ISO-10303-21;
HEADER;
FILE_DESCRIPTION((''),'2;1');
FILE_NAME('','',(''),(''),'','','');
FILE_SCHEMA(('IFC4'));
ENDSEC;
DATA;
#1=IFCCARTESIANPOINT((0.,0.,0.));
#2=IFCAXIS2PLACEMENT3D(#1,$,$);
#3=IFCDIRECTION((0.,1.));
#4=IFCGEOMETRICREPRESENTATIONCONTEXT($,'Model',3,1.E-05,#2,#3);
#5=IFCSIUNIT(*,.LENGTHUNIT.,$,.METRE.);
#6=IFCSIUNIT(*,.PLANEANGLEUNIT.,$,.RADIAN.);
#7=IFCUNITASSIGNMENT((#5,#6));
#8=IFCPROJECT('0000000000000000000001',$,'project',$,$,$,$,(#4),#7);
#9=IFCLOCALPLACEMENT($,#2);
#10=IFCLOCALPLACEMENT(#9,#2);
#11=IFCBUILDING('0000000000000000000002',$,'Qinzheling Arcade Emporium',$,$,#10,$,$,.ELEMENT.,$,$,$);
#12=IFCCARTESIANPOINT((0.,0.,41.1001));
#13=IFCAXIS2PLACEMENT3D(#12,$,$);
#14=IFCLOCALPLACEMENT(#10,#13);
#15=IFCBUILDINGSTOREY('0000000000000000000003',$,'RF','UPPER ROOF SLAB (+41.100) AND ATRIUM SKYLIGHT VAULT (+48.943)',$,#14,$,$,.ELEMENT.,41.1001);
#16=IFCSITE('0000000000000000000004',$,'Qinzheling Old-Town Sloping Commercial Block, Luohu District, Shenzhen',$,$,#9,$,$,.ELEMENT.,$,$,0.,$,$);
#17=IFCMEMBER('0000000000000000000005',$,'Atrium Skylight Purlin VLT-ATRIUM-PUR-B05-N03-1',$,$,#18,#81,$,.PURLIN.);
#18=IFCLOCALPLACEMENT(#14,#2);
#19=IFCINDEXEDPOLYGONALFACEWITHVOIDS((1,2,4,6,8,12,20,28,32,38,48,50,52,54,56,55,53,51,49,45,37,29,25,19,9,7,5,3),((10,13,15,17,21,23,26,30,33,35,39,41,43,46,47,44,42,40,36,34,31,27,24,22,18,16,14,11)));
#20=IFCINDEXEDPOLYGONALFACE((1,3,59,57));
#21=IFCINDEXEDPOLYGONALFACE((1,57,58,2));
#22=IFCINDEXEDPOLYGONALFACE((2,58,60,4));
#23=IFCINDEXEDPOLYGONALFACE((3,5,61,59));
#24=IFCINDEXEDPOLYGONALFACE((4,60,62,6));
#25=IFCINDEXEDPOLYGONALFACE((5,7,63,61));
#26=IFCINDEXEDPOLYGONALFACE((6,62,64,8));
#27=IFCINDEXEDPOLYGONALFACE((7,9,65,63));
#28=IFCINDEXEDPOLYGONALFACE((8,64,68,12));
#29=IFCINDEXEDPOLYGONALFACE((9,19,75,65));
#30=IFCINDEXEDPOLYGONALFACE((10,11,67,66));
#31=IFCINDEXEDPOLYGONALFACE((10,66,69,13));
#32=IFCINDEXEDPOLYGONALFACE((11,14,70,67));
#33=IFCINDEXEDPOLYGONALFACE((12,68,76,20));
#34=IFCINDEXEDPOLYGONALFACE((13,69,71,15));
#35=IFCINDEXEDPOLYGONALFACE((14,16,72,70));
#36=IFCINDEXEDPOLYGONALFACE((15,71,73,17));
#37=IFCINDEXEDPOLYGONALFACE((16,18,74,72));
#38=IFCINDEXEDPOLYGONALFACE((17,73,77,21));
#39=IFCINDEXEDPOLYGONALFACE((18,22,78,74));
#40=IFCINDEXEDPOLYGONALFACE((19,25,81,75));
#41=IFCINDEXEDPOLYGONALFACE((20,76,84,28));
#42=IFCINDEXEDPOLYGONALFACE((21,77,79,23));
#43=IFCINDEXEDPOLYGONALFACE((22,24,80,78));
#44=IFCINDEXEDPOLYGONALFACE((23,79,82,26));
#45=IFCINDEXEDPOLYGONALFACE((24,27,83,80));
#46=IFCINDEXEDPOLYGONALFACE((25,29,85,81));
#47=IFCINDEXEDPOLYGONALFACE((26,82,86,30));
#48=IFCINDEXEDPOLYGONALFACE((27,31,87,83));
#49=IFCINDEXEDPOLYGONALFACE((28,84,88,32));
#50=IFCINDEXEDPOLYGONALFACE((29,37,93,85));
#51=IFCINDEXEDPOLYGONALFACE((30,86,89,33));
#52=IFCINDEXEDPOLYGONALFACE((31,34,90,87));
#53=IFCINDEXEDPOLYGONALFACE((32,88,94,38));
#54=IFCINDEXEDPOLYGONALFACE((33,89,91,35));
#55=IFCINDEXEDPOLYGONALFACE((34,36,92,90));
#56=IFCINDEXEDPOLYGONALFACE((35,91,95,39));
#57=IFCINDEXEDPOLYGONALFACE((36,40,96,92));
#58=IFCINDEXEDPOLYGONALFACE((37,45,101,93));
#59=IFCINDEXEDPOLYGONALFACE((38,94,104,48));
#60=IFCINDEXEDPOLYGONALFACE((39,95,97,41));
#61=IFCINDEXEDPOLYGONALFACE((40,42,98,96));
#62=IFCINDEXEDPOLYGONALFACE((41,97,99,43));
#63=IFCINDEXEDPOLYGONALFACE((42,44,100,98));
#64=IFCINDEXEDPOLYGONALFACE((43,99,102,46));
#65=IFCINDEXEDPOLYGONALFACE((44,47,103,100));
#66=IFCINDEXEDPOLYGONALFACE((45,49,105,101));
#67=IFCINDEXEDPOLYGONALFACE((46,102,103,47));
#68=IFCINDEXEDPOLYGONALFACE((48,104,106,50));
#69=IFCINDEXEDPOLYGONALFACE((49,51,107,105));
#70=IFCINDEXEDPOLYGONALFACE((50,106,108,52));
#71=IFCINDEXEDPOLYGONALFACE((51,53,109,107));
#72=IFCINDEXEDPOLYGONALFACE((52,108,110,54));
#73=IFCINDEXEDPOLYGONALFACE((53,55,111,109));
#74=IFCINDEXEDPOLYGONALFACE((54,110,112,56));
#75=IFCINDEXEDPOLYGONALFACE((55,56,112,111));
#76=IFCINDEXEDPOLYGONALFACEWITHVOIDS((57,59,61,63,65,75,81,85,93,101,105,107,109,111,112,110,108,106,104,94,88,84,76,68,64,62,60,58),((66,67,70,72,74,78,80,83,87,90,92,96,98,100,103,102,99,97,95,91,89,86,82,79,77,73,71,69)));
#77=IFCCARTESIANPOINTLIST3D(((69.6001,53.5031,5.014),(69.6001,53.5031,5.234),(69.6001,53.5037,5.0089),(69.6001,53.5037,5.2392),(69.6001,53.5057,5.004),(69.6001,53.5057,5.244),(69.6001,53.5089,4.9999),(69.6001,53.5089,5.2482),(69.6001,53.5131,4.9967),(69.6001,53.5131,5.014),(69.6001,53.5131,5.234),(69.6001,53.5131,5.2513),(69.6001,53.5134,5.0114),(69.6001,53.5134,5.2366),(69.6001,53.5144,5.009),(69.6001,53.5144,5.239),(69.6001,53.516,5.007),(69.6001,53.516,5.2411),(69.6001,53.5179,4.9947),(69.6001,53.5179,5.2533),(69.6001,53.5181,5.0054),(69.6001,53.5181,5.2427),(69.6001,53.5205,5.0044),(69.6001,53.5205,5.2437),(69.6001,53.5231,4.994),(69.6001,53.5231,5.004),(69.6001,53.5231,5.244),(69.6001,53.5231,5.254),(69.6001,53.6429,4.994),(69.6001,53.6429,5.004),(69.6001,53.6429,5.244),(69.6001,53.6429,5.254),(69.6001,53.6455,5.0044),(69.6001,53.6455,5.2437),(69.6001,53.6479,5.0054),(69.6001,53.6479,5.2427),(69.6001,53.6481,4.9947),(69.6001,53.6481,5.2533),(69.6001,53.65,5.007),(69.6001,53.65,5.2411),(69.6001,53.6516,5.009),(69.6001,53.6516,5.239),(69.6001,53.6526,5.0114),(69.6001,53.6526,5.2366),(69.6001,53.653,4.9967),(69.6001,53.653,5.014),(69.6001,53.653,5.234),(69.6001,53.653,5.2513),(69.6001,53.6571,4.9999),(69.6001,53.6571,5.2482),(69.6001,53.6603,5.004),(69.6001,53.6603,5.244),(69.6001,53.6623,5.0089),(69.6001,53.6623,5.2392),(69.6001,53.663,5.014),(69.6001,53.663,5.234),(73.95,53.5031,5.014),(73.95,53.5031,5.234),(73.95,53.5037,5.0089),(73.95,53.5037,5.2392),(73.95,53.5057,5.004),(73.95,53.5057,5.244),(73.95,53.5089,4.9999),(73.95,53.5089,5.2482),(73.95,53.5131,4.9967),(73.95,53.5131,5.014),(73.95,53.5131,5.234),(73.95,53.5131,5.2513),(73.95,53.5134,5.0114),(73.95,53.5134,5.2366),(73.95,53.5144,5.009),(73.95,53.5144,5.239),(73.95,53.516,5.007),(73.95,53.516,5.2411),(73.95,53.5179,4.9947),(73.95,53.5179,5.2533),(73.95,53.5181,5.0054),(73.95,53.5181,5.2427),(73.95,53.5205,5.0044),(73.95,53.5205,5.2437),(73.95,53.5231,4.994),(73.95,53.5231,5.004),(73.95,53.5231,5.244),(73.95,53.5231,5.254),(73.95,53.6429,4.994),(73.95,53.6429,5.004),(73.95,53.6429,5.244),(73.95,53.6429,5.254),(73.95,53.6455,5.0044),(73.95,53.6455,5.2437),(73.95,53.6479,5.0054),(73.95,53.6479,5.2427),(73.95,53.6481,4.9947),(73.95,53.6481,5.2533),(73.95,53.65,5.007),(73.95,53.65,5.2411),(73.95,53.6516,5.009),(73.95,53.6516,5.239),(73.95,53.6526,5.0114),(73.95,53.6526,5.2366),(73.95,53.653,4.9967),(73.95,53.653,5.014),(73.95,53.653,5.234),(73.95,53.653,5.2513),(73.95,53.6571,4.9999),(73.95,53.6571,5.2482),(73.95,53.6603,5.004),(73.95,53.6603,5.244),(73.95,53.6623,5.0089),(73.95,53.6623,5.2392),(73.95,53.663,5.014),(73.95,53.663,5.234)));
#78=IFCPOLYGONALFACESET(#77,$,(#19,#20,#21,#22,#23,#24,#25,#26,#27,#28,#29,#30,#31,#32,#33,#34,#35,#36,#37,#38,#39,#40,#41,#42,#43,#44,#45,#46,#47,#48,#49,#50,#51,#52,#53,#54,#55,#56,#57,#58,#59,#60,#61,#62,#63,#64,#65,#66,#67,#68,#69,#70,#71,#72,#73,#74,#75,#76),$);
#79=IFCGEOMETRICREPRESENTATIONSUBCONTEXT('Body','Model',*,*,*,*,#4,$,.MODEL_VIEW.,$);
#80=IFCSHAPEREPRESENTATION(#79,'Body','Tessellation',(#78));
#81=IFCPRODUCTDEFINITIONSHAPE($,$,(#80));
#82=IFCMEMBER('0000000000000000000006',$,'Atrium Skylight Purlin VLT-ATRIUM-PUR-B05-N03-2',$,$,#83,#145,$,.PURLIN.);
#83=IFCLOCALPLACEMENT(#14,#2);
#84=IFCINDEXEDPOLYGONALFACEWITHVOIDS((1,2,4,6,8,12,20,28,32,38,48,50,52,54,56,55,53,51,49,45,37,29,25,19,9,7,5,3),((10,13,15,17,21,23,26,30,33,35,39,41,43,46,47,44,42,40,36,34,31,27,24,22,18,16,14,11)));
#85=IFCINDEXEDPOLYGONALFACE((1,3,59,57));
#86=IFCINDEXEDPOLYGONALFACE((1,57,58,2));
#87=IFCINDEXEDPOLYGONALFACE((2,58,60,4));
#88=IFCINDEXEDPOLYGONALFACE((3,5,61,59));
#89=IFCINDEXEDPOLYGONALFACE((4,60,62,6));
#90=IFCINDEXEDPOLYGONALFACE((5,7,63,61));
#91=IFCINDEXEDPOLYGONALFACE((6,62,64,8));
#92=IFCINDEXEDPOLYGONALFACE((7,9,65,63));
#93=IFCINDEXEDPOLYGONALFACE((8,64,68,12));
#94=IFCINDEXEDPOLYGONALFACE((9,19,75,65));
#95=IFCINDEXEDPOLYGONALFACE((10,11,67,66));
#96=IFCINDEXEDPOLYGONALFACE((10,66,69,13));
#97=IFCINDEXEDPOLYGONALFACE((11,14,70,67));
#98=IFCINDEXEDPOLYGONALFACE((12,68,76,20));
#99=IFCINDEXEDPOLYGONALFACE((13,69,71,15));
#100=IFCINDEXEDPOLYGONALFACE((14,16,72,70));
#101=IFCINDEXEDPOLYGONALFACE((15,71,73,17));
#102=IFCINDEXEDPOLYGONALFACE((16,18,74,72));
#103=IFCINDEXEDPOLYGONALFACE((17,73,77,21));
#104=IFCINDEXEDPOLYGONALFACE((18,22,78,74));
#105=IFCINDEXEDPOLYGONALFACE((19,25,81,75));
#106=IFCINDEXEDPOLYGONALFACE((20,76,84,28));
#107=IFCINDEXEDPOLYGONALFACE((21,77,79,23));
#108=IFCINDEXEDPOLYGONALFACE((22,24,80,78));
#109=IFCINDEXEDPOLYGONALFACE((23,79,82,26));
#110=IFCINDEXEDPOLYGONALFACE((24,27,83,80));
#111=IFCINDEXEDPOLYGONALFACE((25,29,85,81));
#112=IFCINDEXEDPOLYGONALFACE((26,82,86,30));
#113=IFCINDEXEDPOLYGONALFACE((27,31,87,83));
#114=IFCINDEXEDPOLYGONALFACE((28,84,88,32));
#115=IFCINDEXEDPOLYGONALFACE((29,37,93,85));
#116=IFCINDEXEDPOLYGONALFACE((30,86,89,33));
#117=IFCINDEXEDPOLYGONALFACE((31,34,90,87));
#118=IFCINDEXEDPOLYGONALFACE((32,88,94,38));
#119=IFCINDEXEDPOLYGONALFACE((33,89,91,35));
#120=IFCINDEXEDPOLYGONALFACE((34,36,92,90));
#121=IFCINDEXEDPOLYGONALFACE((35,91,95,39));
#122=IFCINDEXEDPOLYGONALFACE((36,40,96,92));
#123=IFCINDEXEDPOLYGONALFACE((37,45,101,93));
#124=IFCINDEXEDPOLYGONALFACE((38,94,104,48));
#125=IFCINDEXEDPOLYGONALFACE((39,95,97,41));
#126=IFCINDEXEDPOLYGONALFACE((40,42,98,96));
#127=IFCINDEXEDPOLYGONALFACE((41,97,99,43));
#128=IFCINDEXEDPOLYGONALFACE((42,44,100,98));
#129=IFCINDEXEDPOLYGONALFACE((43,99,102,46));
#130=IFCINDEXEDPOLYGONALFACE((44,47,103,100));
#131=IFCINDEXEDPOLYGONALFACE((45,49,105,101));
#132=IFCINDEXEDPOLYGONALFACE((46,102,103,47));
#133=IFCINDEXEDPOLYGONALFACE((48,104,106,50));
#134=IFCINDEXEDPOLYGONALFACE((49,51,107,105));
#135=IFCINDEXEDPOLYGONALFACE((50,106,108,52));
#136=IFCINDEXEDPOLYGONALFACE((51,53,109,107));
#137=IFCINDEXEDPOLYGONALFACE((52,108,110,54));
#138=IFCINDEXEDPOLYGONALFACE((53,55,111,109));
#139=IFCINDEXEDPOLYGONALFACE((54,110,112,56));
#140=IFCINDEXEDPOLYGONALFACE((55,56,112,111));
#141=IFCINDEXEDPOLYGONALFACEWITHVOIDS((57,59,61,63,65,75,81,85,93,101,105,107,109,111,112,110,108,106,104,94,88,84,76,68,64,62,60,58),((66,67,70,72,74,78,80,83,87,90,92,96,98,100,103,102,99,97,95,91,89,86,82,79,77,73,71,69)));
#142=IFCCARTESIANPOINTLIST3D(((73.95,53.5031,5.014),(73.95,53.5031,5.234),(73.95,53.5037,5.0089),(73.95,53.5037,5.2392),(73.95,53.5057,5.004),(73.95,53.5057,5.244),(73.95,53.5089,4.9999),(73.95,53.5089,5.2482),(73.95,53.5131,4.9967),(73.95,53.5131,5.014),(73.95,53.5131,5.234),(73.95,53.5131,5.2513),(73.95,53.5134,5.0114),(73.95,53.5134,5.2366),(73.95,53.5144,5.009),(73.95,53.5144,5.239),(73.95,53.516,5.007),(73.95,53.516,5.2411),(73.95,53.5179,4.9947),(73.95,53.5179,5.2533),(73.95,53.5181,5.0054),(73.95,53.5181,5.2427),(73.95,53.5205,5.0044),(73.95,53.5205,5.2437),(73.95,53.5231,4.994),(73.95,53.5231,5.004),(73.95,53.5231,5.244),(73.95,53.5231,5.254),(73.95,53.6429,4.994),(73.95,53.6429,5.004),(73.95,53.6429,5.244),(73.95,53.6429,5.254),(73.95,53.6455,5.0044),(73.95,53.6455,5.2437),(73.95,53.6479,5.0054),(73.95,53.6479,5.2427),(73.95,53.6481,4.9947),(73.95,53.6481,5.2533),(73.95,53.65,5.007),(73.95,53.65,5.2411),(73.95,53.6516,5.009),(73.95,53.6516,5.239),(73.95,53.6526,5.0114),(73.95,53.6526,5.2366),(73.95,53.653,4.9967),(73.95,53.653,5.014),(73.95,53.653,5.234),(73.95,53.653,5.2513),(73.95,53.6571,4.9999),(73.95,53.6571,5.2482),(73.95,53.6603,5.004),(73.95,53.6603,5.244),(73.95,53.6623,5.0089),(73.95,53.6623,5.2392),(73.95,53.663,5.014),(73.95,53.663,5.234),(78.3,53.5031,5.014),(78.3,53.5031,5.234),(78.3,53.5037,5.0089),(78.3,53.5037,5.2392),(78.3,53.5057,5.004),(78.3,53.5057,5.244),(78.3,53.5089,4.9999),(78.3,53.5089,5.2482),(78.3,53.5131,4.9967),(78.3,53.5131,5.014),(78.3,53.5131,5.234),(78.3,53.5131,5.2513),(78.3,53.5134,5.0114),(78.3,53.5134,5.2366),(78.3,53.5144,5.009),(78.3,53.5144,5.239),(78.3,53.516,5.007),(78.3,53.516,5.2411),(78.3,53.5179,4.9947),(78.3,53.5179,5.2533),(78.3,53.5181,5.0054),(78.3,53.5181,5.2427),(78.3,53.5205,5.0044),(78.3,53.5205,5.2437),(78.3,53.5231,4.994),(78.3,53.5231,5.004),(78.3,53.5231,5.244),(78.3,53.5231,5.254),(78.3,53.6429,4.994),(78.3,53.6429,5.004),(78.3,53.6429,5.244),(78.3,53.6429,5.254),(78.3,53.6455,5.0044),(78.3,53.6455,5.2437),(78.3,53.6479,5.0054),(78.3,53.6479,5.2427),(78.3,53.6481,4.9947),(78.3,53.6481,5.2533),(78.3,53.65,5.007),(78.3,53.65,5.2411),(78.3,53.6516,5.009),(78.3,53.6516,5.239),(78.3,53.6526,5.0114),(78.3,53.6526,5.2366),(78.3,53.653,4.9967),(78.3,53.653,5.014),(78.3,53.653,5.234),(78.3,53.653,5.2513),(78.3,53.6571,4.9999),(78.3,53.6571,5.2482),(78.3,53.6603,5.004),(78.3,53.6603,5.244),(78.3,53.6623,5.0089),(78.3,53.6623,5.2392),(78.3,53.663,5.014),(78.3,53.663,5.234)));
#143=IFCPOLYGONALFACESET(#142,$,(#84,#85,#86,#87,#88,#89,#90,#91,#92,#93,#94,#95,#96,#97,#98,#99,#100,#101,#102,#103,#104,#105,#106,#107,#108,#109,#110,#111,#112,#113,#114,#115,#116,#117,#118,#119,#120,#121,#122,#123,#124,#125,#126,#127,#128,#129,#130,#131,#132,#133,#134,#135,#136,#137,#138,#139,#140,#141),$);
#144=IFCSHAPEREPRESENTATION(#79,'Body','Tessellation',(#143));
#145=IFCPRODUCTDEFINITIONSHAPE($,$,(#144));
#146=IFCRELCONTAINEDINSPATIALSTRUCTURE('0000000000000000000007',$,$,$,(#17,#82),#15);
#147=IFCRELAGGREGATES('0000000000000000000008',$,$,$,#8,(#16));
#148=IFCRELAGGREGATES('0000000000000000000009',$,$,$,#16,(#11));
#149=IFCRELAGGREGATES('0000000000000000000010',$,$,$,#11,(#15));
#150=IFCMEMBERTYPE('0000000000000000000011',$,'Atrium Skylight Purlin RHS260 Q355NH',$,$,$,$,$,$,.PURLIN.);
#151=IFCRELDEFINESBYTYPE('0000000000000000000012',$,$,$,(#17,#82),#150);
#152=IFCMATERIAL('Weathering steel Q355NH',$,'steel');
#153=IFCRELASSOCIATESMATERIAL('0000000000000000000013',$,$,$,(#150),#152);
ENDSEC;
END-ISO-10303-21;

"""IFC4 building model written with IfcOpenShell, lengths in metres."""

from ifc_helpers import new_model, si_unit, direction, frame, origin, origin_2d, place, context, subcontext, project, spatial, hollow_rectangle, extrude, material, material_profile, profile_set, type_object, element, save


model = new_model("IFC4")

# Units and contexts
model_context = context("Model", 3, precision=1e-05, world=origin(), true_north=direction((0.0, 1.0)))
body_context = subcontext(model_context, "Body", "Model", "MODEL_VIEW")
ifc_project = project(units=[si_unit("LENGTHUNIT", "METRE"), si_unit("PLANEANGLEUNIT", "RADIAN")], contexts=[model_context])

# Site, building, storey
site_placement = place(None, origin())
site = spatial("IfcSite", under=ifc_project, at=site_placement, Name="Qinzheling Old-Town Sloping Commercial Block, Luohu District, Shenzhen", CompositionType="ELEMENT", RefElevation=0.0)
building_placement = place(site_placement, origin())
building = spatial("IfcBuilding", under=site, at=building_placement, Name="Qinzheling Arcade Emporium", CompositionType="ELEMENT")
storey_placement = place(building_placement, frame((0.0, 0.0, 41.1001)))
storey = spatial("IfcBuildingStorey", under=building, at=storey_placement, Name="RF", Description="UPPER ROOF SLAB (+41.100) AND ATRIUM SKYLIGHT VAULT (+48.943)", CompositionType="ELEMENT", Elevation=41.1001)

# Shared definitions
ifc_material_1 = material(Name="Weathering steel Q355NH", Category="steel")

# Members
ifc_material_profile_1 = material_profile(ifc_material_1, hollow_rectangle(XDim=0.1599, YDim=0.26, WallThickness=0.01, InnerFilletRadius=0.01, OuterFilletRadius=0.02, at=origin_2d()), Name="RHS 260x160x10", Category="steel")
ifc_profile_set_1 = profile_set([ifc_material_profile_1], Name="Weathering steel Q355NH")
member_type_1 = type_object("IfcMemberType", Name="Atrium Skylight Purlin RHS260 Q355NH", PredefinedType="PURLIN", material=ifc_profile_set_1)
member_1_placement = place(storey_placement, frame((69.6001, 53.583, 5.124), z_axis=(1.0, 0.0, 0.0), x_axis=(0.0, 1.0, 0.0)))
element("IfcMember", 1, at=member_1_placement, inside=storey, type_object=member_type_1, Name="Atrium Skylight Purlin VLT-ATRIUM-PUR-B05-N03-1", PredefinedType="PURLIN", context=body_context, shape_type="SweptSolid", body=[
    extrude(hollow_rectangle(XDim=0.1599, YDim=0.26, WallThickness=0.01, InnerFilletRadius=0.01, OuterFilletRadius=0.02, at=origin_2d()), origin(), (0.0, 0.0, 1.0), 4.3499),
])
member_2_placement = place(storey_placement, frame((73.95, 53.583, 5.124), z_axis=(1.0, 0.0, 0.0), x_axis=(0.0, 1.0, 0.0)))
element("IfcMember", 2, at=member_2_placement, inside=storey, type_object=member_type_1, Name="Atrium Skylight Purlin VLT-ATRIUM-PUR-B05-N03-2", PredefinedType="PURLIN", context=body_context, shape_type="SweptSolid", body=[
    extrude(hollow_rectangle(XDim=0.1599, YDim=0.26, WallThickness=0.01, InnerFilletRadius=0.01, OuterFilletRadius=0.02, at=origin_2d()), origin(), (0.0, 0.0, 1.0), 4.3501),
])

save(model, "model.ifc")
